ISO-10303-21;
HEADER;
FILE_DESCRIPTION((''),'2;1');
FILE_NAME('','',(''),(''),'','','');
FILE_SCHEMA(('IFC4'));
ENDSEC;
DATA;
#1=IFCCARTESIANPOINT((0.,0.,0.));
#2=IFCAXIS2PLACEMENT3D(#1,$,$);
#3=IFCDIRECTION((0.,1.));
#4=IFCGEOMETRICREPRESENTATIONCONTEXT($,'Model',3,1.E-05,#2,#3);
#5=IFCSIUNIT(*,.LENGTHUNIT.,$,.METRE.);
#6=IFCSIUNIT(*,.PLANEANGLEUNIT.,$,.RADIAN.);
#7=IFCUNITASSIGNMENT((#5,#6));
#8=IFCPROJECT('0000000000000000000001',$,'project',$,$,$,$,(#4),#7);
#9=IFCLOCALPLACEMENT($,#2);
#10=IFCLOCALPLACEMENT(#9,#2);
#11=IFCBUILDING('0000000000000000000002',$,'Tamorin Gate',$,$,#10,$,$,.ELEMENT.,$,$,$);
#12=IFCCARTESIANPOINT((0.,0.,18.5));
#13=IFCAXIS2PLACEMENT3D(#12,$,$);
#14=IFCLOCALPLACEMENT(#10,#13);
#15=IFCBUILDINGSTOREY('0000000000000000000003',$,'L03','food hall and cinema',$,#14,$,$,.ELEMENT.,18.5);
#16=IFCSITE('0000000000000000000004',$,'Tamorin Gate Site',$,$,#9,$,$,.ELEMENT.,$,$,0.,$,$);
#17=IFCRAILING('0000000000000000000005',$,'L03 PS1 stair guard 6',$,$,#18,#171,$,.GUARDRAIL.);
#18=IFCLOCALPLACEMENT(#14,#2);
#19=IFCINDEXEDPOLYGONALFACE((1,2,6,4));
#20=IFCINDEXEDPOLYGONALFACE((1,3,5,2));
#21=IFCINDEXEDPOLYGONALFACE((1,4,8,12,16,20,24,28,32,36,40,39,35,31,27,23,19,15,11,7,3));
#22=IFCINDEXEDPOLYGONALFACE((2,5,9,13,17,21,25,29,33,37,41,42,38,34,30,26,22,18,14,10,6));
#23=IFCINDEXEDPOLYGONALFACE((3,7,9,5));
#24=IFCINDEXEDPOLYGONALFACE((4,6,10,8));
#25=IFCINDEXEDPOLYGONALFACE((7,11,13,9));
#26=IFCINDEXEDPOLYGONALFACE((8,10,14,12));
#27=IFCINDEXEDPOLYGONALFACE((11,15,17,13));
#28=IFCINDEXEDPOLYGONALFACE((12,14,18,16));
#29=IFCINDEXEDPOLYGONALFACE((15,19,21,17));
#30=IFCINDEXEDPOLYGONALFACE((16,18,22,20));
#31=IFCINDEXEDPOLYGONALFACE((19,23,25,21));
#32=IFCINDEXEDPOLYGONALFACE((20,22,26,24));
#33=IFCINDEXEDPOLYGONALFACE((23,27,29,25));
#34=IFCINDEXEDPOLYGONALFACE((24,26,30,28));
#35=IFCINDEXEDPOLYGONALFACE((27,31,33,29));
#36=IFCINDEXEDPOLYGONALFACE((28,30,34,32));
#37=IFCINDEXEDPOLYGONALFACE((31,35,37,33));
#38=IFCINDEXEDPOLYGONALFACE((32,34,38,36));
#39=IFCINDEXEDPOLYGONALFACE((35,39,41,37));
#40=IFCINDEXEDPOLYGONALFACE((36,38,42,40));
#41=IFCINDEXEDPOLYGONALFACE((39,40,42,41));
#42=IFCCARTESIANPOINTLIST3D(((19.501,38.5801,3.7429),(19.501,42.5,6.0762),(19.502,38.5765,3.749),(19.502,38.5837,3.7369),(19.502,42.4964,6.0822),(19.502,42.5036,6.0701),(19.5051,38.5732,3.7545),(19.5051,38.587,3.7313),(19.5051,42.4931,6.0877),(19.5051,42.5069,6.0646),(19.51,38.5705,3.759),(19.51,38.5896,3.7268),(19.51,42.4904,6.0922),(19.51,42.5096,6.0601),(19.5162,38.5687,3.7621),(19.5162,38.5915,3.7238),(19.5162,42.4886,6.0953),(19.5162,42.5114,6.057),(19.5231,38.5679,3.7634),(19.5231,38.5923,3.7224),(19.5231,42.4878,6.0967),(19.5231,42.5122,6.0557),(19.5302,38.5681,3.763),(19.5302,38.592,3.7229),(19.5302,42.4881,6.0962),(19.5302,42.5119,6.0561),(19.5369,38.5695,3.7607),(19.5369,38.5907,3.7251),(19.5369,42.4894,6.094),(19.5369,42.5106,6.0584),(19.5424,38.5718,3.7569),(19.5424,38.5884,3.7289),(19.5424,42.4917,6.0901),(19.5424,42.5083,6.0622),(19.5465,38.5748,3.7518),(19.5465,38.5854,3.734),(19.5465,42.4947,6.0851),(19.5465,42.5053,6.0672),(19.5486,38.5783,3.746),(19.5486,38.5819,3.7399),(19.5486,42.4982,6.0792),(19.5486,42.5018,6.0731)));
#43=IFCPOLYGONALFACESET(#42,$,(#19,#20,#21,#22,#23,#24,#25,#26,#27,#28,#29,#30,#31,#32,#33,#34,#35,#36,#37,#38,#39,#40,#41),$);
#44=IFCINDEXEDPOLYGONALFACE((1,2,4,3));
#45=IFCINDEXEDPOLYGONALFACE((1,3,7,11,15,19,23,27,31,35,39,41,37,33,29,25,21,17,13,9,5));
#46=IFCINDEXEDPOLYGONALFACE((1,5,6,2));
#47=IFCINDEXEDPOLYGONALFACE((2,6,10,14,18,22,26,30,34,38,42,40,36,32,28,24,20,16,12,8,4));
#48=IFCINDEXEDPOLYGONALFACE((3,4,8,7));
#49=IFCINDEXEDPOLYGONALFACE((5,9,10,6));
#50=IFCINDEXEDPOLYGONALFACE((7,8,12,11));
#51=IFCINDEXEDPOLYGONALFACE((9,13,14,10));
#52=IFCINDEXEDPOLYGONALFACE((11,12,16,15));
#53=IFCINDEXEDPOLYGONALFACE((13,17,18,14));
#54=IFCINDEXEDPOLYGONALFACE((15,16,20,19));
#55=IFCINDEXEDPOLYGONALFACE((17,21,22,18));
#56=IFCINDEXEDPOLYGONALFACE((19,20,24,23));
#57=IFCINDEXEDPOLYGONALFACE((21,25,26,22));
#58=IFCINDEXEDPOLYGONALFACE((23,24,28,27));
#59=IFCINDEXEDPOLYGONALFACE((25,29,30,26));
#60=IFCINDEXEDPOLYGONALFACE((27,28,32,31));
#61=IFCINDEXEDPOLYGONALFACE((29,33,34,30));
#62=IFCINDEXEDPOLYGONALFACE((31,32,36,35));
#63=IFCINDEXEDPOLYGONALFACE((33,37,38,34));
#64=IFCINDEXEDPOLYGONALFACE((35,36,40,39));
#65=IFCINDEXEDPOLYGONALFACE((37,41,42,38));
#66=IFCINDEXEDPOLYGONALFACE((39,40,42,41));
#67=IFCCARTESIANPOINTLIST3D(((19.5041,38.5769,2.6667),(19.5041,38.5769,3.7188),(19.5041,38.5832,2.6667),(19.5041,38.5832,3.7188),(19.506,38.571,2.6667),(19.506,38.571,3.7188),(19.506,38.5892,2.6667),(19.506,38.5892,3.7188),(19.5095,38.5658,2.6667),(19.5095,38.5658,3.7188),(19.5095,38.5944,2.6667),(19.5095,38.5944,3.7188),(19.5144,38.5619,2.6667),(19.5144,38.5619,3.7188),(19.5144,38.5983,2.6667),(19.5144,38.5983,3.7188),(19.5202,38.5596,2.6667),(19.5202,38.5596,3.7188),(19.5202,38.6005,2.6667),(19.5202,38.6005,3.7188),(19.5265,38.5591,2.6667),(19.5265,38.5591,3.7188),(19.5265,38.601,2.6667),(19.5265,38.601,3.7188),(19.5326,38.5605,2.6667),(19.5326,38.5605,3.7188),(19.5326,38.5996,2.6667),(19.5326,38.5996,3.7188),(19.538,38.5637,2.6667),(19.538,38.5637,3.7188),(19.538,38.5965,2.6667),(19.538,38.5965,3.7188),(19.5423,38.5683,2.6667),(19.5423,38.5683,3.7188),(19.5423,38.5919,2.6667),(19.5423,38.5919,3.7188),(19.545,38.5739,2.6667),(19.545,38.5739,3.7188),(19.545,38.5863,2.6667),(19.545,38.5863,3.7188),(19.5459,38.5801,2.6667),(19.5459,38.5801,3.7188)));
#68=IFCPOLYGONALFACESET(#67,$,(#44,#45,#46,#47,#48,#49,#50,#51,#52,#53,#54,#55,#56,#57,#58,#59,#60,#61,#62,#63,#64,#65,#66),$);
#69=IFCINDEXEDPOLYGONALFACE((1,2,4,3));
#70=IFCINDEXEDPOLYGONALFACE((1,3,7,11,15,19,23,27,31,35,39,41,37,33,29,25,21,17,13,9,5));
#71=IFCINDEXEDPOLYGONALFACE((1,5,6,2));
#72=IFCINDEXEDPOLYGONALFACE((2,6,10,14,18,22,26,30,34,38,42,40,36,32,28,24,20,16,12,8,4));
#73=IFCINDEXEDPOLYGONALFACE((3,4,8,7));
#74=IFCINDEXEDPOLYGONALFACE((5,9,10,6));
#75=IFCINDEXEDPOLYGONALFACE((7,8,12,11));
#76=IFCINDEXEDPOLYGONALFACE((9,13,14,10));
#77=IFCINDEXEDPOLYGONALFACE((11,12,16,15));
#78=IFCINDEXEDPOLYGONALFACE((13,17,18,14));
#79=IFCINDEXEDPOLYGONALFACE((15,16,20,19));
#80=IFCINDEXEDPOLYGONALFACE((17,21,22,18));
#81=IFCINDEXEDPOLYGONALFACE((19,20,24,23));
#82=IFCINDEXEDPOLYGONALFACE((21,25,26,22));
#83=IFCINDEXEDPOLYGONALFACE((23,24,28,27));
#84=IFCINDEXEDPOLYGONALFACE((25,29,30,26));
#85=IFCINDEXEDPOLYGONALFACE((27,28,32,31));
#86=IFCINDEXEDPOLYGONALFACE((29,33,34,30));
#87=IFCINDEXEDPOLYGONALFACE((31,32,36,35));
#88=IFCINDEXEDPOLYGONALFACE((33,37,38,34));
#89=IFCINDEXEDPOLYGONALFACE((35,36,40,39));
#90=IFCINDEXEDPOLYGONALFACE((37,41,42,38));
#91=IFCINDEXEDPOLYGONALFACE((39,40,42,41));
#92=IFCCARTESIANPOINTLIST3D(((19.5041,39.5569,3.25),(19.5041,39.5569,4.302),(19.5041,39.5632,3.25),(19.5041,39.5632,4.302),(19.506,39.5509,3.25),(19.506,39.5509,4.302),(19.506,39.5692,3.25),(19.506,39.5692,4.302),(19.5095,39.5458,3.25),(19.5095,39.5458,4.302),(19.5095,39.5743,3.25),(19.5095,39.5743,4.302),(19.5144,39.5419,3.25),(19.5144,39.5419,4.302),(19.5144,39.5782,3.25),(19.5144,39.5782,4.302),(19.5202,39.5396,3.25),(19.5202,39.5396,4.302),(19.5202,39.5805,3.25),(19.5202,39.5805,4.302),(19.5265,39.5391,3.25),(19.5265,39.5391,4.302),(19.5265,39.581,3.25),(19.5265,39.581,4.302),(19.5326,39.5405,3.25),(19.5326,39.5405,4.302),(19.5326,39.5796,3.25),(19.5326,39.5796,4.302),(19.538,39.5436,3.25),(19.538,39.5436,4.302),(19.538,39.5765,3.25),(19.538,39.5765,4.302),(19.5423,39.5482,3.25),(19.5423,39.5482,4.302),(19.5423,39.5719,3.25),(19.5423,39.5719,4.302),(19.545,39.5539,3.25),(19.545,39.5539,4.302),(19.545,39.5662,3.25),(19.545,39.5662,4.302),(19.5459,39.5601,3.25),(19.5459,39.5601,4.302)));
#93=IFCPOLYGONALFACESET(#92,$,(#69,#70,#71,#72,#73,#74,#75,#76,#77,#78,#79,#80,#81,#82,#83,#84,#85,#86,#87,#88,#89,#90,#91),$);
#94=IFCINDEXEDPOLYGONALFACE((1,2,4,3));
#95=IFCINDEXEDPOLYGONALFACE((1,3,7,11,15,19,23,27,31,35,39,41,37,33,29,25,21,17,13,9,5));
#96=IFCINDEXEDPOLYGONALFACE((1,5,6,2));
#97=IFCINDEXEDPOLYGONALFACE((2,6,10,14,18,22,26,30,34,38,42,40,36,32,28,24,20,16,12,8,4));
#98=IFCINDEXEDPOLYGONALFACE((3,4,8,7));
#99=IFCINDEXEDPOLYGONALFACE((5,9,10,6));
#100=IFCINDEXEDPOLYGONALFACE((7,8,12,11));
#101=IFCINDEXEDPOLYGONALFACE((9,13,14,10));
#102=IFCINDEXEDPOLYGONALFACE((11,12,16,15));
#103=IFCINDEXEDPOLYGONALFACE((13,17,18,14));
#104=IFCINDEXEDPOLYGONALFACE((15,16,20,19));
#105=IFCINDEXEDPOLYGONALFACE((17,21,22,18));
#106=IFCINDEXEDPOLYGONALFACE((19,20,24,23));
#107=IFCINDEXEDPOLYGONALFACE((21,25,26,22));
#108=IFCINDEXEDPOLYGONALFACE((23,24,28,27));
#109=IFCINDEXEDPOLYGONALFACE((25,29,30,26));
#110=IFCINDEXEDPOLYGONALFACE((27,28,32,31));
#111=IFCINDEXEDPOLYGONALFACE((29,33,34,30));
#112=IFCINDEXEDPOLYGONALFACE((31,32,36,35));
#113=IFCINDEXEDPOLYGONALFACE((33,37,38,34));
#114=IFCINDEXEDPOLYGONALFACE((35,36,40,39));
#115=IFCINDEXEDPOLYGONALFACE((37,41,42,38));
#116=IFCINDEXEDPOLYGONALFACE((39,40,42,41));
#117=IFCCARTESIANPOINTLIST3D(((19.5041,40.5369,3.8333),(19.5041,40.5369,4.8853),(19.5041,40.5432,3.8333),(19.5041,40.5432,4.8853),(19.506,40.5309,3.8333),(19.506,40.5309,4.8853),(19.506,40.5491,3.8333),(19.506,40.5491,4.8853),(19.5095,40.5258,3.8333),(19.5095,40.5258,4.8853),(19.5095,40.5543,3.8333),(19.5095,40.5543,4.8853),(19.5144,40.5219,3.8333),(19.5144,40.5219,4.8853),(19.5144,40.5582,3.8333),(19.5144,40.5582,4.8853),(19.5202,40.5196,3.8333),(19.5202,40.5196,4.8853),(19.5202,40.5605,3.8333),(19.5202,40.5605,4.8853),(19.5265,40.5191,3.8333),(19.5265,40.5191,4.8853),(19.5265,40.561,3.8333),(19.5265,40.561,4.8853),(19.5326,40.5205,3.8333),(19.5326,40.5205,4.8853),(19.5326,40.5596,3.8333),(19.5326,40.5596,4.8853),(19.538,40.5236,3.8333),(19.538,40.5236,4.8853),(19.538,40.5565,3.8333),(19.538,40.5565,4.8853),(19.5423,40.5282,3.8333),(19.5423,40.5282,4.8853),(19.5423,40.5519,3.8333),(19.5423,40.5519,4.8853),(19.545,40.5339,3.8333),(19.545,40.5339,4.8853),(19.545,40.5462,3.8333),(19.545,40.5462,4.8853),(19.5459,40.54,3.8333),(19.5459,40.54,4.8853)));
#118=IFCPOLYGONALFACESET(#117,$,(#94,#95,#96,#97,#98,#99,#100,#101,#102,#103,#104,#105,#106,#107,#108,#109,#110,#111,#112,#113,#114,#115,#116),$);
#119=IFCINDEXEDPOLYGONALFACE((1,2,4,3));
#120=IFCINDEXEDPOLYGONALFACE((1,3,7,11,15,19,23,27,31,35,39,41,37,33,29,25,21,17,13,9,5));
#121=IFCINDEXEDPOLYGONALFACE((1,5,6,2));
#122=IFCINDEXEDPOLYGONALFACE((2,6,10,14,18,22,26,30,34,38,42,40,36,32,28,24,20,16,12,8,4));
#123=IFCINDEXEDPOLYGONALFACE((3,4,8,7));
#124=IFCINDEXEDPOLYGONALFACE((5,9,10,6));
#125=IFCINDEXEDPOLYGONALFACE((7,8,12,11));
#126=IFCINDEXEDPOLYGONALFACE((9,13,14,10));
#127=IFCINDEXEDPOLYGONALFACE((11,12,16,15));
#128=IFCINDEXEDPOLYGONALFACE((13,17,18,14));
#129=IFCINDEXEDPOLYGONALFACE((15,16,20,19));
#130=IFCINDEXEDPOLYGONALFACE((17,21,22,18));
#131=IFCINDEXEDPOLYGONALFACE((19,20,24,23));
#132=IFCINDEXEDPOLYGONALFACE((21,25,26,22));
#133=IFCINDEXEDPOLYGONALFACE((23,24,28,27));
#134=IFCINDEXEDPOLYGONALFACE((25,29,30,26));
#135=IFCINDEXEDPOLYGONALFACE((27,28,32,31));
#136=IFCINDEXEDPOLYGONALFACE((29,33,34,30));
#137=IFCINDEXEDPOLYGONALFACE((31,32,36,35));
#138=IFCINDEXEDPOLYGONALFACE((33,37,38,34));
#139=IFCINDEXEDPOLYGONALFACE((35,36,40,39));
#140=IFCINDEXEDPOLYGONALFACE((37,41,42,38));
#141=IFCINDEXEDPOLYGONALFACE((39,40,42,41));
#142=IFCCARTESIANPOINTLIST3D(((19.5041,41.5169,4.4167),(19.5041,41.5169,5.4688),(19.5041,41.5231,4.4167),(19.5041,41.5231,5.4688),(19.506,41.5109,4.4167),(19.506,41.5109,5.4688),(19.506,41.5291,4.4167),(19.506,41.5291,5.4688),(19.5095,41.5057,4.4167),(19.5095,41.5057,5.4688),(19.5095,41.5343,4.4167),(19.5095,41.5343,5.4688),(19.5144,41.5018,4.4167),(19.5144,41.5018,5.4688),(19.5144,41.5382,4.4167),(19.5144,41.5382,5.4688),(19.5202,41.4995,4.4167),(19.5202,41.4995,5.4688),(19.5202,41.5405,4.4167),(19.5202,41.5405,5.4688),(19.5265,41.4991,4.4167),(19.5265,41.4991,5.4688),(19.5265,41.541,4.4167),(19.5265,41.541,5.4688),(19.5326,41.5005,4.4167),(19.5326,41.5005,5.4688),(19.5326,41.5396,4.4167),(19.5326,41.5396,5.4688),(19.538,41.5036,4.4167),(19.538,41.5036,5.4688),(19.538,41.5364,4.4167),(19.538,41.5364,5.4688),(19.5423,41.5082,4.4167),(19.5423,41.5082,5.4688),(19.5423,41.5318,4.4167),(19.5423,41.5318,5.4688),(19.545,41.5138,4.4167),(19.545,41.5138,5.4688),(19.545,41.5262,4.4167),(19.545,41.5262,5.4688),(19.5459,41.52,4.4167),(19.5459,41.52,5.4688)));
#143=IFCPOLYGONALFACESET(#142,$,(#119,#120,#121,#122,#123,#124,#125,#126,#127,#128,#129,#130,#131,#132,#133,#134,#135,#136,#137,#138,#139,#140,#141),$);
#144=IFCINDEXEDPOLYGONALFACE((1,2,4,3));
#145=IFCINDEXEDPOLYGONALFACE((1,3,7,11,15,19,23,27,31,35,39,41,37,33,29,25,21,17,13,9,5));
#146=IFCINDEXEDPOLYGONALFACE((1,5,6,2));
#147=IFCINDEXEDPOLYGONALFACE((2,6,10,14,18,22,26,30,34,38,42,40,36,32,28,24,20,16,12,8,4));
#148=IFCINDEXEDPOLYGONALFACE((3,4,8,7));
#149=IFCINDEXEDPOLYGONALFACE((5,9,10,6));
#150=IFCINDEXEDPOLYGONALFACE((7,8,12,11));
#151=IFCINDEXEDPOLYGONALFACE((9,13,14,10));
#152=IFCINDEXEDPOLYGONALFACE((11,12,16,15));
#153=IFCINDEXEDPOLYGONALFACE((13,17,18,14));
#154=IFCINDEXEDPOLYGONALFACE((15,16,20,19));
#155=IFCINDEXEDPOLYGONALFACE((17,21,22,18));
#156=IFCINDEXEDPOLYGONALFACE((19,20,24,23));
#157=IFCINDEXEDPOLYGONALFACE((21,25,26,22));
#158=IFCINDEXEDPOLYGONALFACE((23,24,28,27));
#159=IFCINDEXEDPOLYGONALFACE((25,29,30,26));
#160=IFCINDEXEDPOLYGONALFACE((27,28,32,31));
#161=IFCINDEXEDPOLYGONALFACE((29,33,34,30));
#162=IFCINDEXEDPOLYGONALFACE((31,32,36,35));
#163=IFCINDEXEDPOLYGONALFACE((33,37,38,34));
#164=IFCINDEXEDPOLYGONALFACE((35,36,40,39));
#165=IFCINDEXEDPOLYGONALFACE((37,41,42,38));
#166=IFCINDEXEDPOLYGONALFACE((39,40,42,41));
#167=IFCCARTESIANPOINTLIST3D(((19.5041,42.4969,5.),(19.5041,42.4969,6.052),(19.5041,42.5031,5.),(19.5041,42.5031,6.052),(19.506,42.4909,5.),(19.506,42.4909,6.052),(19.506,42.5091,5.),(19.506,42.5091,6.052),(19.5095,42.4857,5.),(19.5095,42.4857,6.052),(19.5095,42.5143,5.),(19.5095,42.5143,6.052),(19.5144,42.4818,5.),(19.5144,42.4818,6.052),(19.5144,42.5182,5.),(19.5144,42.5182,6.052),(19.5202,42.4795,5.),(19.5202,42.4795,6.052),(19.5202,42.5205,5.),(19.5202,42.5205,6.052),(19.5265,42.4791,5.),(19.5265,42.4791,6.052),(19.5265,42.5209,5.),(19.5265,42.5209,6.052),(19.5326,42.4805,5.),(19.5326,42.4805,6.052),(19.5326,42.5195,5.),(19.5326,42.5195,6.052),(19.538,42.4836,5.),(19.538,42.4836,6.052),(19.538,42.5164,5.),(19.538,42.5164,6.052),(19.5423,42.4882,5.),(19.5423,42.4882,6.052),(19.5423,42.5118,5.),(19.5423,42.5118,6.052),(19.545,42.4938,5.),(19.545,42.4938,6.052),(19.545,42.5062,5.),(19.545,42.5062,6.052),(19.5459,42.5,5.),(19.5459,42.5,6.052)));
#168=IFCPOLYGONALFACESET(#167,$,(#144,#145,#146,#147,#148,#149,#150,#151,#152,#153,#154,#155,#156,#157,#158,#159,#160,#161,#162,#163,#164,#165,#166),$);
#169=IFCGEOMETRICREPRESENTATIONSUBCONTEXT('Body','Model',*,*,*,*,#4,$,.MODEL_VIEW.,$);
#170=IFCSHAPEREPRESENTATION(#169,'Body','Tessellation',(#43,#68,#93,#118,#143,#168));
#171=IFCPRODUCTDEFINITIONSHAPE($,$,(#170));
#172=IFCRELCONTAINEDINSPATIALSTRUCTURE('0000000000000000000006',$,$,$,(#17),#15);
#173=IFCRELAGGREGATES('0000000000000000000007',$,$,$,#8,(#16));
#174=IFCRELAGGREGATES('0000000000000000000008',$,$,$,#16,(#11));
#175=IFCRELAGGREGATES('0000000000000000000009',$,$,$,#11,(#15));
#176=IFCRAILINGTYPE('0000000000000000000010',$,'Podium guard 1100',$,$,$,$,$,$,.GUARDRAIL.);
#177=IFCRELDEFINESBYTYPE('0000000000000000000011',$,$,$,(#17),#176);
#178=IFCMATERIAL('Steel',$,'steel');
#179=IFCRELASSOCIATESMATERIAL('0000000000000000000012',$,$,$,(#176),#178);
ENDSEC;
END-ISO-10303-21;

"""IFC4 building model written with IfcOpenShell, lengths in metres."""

from ifc_helpers import new_model, si_unit, direction, frame, origin, origin_2d, place, context, subcontext, project, spatial, circle, extrude, material, type_object, element, save


model = new_model("IFC4")

# Units and contexts
model_context = context("Model", 3, precision=1e-05, world=origin(), true_north=direction((0.0, 1.0)))
body_context = subcontext(model_context, "Body", "Model", "MODEL_VIEW")
ifc_project = project(units=[si_unit("LENGTHUNIT", "METRE"), si_unit("PLANEANGLEUNIT", "RADIAN")], contexts=[model_context])

# Site, building, storey
site_placement = place(None, origin())
site = spatial("IfcSite", under=ifc_project, at=site_placement, Name="Tamorin Gate Site", CompositionType="ELEMENT", RefElevation=0.0)
building_placement = place(site_placement, origin())
building = spatial("IfcBuilding", under=site, at=building_placement, Name="Tamorin Gate", CompositionType="ELEMENT")
storey_placement = place(building_placement, frame((0.0, 0.0, 18.5)))
storey = spatial("IfcBuildingStorey", under=building, at=storey_placement, Name="L03", Description="food hall and cinema", CompositionType="ELEMENT", Elevation=18.5)

# Railing
ifc_material_1 = material(Name="Steel", Category="steel")
railing_type_1 = type_object("IfcRailingType", Name="Podium guard 1100", PredefinedType="GUARDRAIL", material=ifc_material_1)
railing_1_placement = place(storey_placement, frame((19.5249, 38.5801, 2.6667)))
element("IfcRailing", 1, at=railing_1_placement, inside=storey, type_object=railing_type_1, Name="L03 PS1 stair guard 6", PredefinedType="GUARDRAIL", context=body_context, shape_type="SweptSolid", body=[
    extrude(circle(Radius=0.0239, at=origin_2d()), frame((0.0, 0.0, 1.0762), z_axis=(0.0, 0.859296, 0.511478), x_axis=(-1.0, 0.0, 0.0)), (0.0, 0.0, 1.0), 4.5618),
    extrude(circle(Radius=0.021, at=origin_2d()), origin(), (0.0, 0.0, 1.0), 1.052),
    extrude(circle(Radius=0.021, at=origin_2d()), frame((0.0, 0.98, 0.5833)), (0.0, 0.0, 1.0), 1.052),
    extrude(circle(Radius=0.021, at=origin_2d()), frame((0.0, 1.96, 1.1665)), (0.0, 0.0, 1.0), 1.052),
    extrude(circle(Radius=0.021, at=origin_2d()), frame((0.0, 2.9399, 1.75)), (0.0, 0.0, 1.0), 1.052),
    extrude(circle(Radius=0.021, at=origin_2d()), frame((0.0, 3.9199, 2.3333)), (0.0, 0.0, 1.0), 1.052),
])

save(model, "model.ifc")
